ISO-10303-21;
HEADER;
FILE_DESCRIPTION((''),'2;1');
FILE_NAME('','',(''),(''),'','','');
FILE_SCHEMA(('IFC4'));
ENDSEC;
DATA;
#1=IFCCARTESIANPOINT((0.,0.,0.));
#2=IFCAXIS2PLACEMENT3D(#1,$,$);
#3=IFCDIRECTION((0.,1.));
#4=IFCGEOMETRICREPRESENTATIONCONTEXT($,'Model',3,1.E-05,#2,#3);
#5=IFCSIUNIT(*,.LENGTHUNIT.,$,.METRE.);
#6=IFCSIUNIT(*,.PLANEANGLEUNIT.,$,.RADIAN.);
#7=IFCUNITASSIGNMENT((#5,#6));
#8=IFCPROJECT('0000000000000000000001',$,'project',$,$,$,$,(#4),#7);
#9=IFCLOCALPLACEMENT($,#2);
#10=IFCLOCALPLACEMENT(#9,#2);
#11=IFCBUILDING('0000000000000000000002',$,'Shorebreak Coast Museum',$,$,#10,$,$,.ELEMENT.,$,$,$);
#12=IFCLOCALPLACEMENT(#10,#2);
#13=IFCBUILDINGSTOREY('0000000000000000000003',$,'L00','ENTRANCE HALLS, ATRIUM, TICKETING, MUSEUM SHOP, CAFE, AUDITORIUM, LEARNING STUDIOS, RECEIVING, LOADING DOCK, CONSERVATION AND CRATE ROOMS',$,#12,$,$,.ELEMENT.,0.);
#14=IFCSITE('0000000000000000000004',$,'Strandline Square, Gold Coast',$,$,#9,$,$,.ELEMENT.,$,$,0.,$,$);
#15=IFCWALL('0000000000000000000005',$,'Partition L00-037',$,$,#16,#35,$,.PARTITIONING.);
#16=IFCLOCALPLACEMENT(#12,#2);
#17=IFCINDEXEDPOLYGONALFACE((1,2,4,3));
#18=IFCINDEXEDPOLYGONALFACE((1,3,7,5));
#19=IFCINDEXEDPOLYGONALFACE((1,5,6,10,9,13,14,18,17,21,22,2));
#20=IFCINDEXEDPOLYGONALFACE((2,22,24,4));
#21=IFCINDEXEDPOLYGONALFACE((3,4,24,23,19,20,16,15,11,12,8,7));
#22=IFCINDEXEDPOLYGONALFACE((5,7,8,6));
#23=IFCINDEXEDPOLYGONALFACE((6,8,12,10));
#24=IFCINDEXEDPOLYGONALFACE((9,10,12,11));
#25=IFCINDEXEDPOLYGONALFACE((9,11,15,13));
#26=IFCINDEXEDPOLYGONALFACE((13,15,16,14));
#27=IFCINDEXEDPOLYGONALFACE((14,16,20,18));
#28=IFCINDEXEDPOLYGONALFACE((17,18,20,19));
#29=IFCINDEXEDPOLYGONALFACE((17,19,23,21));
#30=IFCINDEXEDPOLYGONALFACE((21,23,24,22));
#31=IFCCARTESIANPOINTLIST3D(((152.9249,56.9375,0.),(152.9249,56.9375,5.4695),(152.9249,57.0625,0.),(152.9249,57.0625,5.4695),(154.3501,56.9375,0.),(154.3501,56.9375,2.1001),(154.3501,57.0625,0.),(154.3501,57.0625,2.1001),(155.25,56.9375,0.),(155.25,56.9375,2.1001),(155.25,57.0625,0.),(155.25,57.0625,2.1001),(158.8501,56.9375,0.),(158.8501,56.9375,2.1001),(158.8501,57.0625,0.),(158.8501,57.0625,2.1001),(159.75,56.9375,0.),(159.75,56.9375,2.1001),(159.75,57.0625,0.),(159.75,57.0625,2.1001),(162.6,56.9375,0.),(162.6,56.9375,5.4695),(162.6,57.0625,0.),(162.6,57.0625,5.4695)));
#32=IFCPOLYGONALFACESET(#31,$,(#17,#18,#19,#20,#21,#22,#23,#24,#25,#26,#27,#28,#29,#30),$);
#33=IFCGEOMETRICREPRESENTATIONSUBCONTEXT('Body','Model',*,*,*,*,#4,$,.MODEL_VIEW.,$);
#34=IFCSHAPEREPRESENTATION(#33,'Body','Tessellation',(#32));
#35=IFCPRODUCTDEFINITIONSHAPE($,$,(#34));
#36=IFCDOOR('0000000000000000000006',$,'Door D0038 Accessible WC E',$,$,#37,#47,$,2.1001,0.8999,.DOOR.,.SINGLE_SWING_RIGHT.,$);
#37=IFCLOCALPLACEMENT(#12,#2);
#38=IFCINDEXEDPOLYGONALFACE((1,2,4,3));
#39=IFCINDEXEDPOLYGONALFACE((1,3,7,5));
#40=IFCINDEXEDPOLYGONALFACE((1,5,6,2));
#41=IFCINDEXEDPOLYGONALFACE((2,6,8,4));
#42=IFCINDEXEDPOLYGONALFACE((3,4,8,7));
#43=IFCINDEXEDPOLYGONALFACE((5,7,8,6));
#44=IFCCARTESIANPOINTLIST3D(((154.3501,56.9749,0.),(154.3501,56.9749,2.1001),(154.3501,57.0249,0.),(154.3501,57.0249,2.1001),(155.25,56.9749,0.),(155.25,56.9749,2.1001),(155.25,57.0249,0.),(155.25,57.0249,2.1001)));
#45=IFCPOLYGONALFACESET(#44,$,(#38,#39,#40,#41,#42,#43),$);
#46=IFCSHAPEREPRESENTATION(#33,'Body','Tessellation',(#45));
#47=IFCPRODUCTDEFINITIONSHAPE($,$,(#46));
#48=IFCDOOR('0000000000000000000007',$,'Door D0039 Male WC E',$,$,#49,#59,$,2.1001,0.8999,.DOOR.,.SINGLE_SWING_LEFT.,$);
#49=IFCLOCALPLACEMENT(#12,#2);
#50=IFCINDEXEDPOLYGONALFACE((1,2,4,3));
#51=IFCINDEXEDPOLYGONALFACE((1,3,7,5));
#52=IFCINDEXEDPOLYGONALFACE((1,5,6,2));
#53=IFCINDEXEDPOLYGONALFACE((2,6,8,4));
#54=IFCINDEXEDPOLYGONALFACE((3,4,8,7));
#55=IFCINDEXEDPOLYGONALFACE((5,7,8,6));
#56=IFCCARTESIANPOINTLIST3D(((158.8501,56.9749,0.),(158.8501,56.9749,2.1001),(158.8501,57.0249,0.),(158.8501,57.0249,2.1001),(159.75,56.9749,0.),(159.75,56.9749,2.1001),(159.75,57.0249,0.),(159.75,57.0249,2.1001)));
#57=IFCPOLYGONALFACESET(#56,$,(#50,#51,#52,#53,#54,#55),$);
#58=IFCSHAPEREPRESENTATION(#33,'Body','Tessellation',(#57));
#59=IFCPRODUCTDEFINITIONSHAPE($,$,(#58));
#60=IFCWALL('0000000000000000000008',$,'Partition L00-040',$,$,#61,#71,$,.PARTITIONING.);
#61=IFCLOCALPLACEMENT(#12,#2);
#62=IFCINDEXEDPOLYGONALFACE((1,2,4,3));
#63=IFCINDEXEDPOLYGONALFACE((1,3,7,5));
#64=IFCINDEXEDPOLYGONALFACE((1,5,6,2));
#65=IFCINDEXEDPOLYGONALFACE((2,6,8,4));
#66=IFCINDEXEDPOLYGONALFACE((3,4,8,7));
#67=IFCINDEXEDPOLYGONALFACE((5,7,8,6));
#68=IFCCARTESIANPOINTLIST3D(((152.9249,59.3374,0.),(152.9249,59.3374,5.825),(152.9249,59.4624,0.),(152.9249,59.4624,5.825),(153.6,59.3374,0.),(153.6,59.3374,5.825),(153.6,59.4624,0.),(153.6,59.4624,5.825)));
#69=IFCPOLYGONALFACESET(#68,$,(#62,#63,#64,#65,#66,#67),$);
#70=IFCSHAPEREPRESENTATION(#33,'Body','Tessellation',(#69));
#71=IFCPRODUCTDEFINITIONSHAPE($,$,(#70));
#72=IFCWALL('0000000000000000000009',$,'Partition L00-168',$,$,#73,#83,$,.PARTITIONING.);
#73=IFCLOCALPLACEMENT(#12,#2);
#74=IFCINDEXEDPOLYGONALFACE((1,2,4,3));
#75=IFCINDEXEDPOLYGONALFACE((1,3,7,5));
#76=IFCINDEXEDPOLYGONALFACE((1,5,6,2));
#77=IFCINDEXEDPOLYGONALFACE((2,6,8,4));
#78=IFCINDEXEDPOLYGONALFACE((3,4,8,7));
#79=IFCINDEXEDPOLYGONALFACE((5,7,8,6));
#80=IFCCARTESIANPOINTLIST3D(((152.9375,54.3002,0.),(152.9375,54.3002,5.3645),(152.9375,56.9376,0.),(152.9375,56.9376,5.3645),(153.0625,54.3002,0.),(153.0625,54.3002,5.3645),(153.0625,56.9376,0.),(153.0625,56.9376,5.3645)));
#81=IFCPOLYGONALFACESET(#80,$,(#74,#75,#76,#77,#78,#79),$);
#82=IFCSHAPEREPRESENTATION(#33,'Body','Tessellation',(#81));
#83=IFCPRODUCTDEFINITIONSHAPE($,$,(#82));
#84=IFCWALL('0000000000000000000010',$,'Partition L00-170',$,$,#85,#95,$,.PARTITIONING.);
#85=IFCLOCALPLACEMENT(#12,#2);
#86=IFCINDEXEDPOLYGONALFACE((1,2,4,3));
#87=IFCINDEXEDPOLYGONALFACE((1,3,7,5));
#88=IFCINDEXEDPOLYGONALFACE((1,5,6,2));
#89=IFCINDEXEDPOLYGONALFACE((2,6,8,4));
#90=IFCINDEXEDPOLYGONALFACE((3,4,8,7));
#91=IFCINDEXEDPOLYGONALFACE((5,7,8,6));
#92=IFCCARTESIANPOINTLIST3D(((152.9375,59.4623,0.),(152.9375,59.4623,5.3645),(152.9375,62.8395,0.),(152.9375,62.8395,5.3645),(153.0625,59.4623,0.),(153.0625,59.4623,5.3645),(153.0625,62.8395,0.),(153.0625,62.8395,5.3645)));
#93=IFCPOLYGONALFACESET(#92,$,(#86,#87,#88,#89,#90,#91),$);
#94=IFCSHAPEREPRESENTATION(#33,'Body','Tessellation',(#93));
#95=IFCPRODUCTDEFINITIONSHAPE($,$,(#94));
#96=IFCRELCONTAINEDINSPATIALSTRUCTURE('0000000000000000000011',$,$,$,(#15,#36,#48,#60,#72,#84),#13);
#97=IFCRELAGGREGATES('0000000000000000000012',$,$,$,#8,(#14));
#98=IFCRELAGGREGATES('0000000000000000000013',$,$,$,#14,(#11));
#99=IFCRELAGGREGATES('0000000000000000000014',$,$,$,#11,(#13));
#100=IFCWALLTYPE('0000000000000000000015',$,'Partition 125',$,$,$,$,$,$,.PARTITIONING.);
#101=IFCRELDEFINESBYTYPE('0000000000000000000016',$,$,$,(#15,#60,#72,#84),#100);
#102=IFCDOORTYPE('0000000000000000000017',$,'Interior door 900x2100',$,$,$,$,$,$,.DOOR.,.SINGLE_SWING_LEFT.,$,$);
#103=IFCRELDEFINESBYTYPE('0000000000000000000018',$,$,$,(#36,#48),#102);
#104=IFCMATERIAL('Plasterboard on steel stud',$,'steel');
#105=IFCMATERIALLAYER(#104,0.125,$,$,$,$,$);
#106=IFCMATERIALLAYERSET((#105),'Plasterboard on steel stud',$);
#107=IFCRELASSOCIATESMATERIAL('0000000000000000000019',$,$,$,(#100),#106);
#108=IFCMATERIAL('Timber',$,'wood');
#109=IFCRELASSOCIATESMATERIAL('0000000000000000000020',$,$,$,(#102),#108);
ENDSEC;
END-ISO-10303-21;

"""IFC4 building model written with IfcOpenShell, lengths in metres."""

from ifc_helpers import new_model, si_unit, direction, frame, frame_2d, origin, place, context, subcontext, project, spatial, rectangle, extrude, material, layer, layer_set, type_object, element, fill, save


model = new_model("IFC4")

# Units and contexts
model_context = context("Model", 3, precision=1e-05, world=origin(), true_north=direction((0.0, 1.0)))
body_context = subcontext(model_context, "Body", "Model", "MODEL_VIEW")
ifc_project = project(units=[si_unit("LENGTHUNIT", "METRE"), si_unit("PLANEANGLEUNIT", "RADIAN")], contexts=[model_context])

# Site, building, storey
site_placement = place(None, origin())
site = spatial("IfcSite", under=ifc_project, at=site_placement, Name="Strandline Square, Gold Coast", CompositionType="ELEMENT", RefElevation=0.0)
building_placement = place(site_placement, origin())
building = spatial("IfcBuilding", under=site, at=building_placement, Name="Shorebreak Coast Museum", CompositionType="ELEMENT")
storey_placement = place(building_placement, origin())
storey = spatial("IfcBuildingStorey", under=building, at=storey_placement, Name="L00", Description="ENTRANCE HALLS, ATRIUM, TICKETING, MUSEUM SHOP, CAFE, AUDITORIUM, LEARNING STUDIOS, RECEIVING, LOADING DOCK, CONSERVATION AND CRATE ROOMS", CompositionType="ELEMENT", Elevation=0.0)

# Wall, openings, doors
ifc_material_1 = material(Name="Plasterboard on steel stud", Category="steel")
ifc_layer_1 = layer(ifc_material_1, 0.125)
ifc_layer_set_1 = layer_set([ifc_layer_1], Name="Plasterboard on steel stud")
wall_type_1 = type_object("IfcWallType", Name="Partition 125", PredefinedType="PARTITIONING", material=ifc_layer_set_1)
wall_1_placement = place(storey_placement, frame((152.925, 57.0, 0.0), z_axis=(0.0, 0.0, 1.0), x_axis=(1.0, 0.0, 0.0)))
wall_1 = element("IfcWall", 1, at=wall_1_placement, inside=storey, type_object=wall_type_1, Name="Partition L00-037", PredefinedType="PARTITIONING", context=body_context, shape_type="SweptSolid", body=[
    extrude(rectangle(XDim=9.675, YDim=0.125, at=frame_2d((4.8374, 0.0))), origin(), (0.0, 0.0, 1.0), 5.4695),
])
opening_1_placement = place(wall_1_placement, frame((1.425, 0.0, 0.0)))
opening_1 = element("IfcOpeningElement", 2, at=opening_1_placement, cuts=wall_1, PredefinedType="OPENING", context=body_context, shape_type="SweptSolid", body=[
    extrude(rectangle(XDim=0.8999, YDim=2.1001, at=frame_2d((0.45, 1.05))), frame((0.0, 0.0725, 0.0), z_axis=(0.0, -1.0, 0.0), x_axis=(1.0, 0.0, 0.0)), (0.0, 0.0, 1.0), 0.145),
])
opening_2_placement = place(wall_1_placement, frame((5.925, 0.0, 0.0)))
opening_2 = element("IfcOpeningElement", 3, at=opening_2_placement, cuts=wall_1, PredefinedType="OPENING", context=body_context, shape_type="SweptSolid", body=[
    extrude(rectangle(XDim=0.8999, YDim=2.1001, at=frame_2d((0.45, 1.05))), frame((0.0, 0.0725, 0.0), z_axis=(0.0, -1.0, 0.0), x_axis=(1.0, 0.0, 0.0)), (0.0, 0.0, 1.0), 0.145),
])
ifc_material_2 = material(Name="Timber", Category="wood")
door_type = type_object("IfcDoorType", Name="Interior door 900x2100", OperationType="SINGLE_SWING_LEFT", PredefinedType="DOOR", material=ifc_material_2)
door_1_placement = place(opening_1_placement, origin())
door_1 = element("IfcDoor", 4, at=door_1_placement, inside=storey, type_object=door_type, Name="Door D0038 Accessible WC E", OperationType="SINGLE_SWING_RIGHT", OverallHeight=2.1001, OverallWidth=0.8999, PredefinedType="DOOR", context=body_context, shape_type="SweptSolid", body=[
    extrude(rectangle(XDim=0.8999, YDim=2.1001, at=frame_2d((0.45, 1.05))), frame((0.0, 0.0249, 0.0), z_axis=(0.0, -1.0, 0.0), x_axis=(1.0, 0.0, 0.0)), (0.0, 0.0, 1.0), 0.05),
])
fill(opening_1, door_1)
door_2_placement = place(opening_2_placement, origin())
door_2 = element("IfcDoor", 5, at=door_2_placement, inside=storey, type_object=door_type, Name="Door D0039 Male WC E", OperationType="SINGLE_SWING_LEFT", OverallHeight=2.1001, OverallWidth=0.8999, PredefinedType="DOOR", context=body_context, shape_type="SweptSolid", body=[
    extrude(rectangle(XDim=0.8999, YDim=2.1001, at=frame_2d((0.45, 1.05))), frame((0.0, 0.0249, 0.0), z_axis=(0.0, -1.0, 0.0), x_axis=(1.0, 0.0, 0.0)), (0.0, 0.0, 1.0), 0.05),
])
fill(opening_2, door_2)

# Walls
wall_2_placement = place(storey_placement, frame((152.925, 59.3999, 0.0), z_axis=(0.0, 0.0, 1.0), x_axis=(1.0, 0.0, 0.0)))
element("IfcWall", 6, at=wall_2_placement, inside=storey, type_object=wall_type_1, Name="Partition L00-040", PredefinedType="PARTITIONING", context=body_context, shape_type="SweptSolid", body=[
    extrude(rectangle(XDim=0.675, YDim=0.125, at=frame_2d((0.3374, 0.0))), origin(), (0.0, 0.0, 1.0), 5.825),
])
wall_3_placement = place(storey_placement, frame((153.0, 54.3, 0.0), z_axis=(0.0, 0.0, 1.0), x_axis=(0.0, 1.0, 0.0)))
element("IfcWall", 7, at=wall_3_placement, inside=storey, type_object=wall_type_1, Name="Partition L00-168", PredefinedType="PARTITIONING", context=body_context, shape_type="SweptSolid", body=[
    extrude(rectangle(XDim=2.6375, YDim=0.125, at=frame_2d((1.3188, 0.0))), origin(), (0.0, 0.0, 1.0), 5.3645),
])
wall_4_placement = place(storey_placement, frame((153.0, 59.4624, 0.0), z_axis=(0.0, 0.0, 1.0), x_axis=(0.0, 1.0, 0.0)))
element("IfcWall", 8, at=wall_4_placement, inside=storey, type_object=wall_type_1, Name="Partition L00-170", PredefinedType="PARTITIONING", context=body_context, shape_type="SweptSolid", body=[
    extrude(rectangle(XDim=3.3772, YDim=0.125, at=frame_2d((1.6885, 0.0))), origin(), (0.0, 0.0, 1.0), 5.3645),
])

save(model, "model.ifc")
